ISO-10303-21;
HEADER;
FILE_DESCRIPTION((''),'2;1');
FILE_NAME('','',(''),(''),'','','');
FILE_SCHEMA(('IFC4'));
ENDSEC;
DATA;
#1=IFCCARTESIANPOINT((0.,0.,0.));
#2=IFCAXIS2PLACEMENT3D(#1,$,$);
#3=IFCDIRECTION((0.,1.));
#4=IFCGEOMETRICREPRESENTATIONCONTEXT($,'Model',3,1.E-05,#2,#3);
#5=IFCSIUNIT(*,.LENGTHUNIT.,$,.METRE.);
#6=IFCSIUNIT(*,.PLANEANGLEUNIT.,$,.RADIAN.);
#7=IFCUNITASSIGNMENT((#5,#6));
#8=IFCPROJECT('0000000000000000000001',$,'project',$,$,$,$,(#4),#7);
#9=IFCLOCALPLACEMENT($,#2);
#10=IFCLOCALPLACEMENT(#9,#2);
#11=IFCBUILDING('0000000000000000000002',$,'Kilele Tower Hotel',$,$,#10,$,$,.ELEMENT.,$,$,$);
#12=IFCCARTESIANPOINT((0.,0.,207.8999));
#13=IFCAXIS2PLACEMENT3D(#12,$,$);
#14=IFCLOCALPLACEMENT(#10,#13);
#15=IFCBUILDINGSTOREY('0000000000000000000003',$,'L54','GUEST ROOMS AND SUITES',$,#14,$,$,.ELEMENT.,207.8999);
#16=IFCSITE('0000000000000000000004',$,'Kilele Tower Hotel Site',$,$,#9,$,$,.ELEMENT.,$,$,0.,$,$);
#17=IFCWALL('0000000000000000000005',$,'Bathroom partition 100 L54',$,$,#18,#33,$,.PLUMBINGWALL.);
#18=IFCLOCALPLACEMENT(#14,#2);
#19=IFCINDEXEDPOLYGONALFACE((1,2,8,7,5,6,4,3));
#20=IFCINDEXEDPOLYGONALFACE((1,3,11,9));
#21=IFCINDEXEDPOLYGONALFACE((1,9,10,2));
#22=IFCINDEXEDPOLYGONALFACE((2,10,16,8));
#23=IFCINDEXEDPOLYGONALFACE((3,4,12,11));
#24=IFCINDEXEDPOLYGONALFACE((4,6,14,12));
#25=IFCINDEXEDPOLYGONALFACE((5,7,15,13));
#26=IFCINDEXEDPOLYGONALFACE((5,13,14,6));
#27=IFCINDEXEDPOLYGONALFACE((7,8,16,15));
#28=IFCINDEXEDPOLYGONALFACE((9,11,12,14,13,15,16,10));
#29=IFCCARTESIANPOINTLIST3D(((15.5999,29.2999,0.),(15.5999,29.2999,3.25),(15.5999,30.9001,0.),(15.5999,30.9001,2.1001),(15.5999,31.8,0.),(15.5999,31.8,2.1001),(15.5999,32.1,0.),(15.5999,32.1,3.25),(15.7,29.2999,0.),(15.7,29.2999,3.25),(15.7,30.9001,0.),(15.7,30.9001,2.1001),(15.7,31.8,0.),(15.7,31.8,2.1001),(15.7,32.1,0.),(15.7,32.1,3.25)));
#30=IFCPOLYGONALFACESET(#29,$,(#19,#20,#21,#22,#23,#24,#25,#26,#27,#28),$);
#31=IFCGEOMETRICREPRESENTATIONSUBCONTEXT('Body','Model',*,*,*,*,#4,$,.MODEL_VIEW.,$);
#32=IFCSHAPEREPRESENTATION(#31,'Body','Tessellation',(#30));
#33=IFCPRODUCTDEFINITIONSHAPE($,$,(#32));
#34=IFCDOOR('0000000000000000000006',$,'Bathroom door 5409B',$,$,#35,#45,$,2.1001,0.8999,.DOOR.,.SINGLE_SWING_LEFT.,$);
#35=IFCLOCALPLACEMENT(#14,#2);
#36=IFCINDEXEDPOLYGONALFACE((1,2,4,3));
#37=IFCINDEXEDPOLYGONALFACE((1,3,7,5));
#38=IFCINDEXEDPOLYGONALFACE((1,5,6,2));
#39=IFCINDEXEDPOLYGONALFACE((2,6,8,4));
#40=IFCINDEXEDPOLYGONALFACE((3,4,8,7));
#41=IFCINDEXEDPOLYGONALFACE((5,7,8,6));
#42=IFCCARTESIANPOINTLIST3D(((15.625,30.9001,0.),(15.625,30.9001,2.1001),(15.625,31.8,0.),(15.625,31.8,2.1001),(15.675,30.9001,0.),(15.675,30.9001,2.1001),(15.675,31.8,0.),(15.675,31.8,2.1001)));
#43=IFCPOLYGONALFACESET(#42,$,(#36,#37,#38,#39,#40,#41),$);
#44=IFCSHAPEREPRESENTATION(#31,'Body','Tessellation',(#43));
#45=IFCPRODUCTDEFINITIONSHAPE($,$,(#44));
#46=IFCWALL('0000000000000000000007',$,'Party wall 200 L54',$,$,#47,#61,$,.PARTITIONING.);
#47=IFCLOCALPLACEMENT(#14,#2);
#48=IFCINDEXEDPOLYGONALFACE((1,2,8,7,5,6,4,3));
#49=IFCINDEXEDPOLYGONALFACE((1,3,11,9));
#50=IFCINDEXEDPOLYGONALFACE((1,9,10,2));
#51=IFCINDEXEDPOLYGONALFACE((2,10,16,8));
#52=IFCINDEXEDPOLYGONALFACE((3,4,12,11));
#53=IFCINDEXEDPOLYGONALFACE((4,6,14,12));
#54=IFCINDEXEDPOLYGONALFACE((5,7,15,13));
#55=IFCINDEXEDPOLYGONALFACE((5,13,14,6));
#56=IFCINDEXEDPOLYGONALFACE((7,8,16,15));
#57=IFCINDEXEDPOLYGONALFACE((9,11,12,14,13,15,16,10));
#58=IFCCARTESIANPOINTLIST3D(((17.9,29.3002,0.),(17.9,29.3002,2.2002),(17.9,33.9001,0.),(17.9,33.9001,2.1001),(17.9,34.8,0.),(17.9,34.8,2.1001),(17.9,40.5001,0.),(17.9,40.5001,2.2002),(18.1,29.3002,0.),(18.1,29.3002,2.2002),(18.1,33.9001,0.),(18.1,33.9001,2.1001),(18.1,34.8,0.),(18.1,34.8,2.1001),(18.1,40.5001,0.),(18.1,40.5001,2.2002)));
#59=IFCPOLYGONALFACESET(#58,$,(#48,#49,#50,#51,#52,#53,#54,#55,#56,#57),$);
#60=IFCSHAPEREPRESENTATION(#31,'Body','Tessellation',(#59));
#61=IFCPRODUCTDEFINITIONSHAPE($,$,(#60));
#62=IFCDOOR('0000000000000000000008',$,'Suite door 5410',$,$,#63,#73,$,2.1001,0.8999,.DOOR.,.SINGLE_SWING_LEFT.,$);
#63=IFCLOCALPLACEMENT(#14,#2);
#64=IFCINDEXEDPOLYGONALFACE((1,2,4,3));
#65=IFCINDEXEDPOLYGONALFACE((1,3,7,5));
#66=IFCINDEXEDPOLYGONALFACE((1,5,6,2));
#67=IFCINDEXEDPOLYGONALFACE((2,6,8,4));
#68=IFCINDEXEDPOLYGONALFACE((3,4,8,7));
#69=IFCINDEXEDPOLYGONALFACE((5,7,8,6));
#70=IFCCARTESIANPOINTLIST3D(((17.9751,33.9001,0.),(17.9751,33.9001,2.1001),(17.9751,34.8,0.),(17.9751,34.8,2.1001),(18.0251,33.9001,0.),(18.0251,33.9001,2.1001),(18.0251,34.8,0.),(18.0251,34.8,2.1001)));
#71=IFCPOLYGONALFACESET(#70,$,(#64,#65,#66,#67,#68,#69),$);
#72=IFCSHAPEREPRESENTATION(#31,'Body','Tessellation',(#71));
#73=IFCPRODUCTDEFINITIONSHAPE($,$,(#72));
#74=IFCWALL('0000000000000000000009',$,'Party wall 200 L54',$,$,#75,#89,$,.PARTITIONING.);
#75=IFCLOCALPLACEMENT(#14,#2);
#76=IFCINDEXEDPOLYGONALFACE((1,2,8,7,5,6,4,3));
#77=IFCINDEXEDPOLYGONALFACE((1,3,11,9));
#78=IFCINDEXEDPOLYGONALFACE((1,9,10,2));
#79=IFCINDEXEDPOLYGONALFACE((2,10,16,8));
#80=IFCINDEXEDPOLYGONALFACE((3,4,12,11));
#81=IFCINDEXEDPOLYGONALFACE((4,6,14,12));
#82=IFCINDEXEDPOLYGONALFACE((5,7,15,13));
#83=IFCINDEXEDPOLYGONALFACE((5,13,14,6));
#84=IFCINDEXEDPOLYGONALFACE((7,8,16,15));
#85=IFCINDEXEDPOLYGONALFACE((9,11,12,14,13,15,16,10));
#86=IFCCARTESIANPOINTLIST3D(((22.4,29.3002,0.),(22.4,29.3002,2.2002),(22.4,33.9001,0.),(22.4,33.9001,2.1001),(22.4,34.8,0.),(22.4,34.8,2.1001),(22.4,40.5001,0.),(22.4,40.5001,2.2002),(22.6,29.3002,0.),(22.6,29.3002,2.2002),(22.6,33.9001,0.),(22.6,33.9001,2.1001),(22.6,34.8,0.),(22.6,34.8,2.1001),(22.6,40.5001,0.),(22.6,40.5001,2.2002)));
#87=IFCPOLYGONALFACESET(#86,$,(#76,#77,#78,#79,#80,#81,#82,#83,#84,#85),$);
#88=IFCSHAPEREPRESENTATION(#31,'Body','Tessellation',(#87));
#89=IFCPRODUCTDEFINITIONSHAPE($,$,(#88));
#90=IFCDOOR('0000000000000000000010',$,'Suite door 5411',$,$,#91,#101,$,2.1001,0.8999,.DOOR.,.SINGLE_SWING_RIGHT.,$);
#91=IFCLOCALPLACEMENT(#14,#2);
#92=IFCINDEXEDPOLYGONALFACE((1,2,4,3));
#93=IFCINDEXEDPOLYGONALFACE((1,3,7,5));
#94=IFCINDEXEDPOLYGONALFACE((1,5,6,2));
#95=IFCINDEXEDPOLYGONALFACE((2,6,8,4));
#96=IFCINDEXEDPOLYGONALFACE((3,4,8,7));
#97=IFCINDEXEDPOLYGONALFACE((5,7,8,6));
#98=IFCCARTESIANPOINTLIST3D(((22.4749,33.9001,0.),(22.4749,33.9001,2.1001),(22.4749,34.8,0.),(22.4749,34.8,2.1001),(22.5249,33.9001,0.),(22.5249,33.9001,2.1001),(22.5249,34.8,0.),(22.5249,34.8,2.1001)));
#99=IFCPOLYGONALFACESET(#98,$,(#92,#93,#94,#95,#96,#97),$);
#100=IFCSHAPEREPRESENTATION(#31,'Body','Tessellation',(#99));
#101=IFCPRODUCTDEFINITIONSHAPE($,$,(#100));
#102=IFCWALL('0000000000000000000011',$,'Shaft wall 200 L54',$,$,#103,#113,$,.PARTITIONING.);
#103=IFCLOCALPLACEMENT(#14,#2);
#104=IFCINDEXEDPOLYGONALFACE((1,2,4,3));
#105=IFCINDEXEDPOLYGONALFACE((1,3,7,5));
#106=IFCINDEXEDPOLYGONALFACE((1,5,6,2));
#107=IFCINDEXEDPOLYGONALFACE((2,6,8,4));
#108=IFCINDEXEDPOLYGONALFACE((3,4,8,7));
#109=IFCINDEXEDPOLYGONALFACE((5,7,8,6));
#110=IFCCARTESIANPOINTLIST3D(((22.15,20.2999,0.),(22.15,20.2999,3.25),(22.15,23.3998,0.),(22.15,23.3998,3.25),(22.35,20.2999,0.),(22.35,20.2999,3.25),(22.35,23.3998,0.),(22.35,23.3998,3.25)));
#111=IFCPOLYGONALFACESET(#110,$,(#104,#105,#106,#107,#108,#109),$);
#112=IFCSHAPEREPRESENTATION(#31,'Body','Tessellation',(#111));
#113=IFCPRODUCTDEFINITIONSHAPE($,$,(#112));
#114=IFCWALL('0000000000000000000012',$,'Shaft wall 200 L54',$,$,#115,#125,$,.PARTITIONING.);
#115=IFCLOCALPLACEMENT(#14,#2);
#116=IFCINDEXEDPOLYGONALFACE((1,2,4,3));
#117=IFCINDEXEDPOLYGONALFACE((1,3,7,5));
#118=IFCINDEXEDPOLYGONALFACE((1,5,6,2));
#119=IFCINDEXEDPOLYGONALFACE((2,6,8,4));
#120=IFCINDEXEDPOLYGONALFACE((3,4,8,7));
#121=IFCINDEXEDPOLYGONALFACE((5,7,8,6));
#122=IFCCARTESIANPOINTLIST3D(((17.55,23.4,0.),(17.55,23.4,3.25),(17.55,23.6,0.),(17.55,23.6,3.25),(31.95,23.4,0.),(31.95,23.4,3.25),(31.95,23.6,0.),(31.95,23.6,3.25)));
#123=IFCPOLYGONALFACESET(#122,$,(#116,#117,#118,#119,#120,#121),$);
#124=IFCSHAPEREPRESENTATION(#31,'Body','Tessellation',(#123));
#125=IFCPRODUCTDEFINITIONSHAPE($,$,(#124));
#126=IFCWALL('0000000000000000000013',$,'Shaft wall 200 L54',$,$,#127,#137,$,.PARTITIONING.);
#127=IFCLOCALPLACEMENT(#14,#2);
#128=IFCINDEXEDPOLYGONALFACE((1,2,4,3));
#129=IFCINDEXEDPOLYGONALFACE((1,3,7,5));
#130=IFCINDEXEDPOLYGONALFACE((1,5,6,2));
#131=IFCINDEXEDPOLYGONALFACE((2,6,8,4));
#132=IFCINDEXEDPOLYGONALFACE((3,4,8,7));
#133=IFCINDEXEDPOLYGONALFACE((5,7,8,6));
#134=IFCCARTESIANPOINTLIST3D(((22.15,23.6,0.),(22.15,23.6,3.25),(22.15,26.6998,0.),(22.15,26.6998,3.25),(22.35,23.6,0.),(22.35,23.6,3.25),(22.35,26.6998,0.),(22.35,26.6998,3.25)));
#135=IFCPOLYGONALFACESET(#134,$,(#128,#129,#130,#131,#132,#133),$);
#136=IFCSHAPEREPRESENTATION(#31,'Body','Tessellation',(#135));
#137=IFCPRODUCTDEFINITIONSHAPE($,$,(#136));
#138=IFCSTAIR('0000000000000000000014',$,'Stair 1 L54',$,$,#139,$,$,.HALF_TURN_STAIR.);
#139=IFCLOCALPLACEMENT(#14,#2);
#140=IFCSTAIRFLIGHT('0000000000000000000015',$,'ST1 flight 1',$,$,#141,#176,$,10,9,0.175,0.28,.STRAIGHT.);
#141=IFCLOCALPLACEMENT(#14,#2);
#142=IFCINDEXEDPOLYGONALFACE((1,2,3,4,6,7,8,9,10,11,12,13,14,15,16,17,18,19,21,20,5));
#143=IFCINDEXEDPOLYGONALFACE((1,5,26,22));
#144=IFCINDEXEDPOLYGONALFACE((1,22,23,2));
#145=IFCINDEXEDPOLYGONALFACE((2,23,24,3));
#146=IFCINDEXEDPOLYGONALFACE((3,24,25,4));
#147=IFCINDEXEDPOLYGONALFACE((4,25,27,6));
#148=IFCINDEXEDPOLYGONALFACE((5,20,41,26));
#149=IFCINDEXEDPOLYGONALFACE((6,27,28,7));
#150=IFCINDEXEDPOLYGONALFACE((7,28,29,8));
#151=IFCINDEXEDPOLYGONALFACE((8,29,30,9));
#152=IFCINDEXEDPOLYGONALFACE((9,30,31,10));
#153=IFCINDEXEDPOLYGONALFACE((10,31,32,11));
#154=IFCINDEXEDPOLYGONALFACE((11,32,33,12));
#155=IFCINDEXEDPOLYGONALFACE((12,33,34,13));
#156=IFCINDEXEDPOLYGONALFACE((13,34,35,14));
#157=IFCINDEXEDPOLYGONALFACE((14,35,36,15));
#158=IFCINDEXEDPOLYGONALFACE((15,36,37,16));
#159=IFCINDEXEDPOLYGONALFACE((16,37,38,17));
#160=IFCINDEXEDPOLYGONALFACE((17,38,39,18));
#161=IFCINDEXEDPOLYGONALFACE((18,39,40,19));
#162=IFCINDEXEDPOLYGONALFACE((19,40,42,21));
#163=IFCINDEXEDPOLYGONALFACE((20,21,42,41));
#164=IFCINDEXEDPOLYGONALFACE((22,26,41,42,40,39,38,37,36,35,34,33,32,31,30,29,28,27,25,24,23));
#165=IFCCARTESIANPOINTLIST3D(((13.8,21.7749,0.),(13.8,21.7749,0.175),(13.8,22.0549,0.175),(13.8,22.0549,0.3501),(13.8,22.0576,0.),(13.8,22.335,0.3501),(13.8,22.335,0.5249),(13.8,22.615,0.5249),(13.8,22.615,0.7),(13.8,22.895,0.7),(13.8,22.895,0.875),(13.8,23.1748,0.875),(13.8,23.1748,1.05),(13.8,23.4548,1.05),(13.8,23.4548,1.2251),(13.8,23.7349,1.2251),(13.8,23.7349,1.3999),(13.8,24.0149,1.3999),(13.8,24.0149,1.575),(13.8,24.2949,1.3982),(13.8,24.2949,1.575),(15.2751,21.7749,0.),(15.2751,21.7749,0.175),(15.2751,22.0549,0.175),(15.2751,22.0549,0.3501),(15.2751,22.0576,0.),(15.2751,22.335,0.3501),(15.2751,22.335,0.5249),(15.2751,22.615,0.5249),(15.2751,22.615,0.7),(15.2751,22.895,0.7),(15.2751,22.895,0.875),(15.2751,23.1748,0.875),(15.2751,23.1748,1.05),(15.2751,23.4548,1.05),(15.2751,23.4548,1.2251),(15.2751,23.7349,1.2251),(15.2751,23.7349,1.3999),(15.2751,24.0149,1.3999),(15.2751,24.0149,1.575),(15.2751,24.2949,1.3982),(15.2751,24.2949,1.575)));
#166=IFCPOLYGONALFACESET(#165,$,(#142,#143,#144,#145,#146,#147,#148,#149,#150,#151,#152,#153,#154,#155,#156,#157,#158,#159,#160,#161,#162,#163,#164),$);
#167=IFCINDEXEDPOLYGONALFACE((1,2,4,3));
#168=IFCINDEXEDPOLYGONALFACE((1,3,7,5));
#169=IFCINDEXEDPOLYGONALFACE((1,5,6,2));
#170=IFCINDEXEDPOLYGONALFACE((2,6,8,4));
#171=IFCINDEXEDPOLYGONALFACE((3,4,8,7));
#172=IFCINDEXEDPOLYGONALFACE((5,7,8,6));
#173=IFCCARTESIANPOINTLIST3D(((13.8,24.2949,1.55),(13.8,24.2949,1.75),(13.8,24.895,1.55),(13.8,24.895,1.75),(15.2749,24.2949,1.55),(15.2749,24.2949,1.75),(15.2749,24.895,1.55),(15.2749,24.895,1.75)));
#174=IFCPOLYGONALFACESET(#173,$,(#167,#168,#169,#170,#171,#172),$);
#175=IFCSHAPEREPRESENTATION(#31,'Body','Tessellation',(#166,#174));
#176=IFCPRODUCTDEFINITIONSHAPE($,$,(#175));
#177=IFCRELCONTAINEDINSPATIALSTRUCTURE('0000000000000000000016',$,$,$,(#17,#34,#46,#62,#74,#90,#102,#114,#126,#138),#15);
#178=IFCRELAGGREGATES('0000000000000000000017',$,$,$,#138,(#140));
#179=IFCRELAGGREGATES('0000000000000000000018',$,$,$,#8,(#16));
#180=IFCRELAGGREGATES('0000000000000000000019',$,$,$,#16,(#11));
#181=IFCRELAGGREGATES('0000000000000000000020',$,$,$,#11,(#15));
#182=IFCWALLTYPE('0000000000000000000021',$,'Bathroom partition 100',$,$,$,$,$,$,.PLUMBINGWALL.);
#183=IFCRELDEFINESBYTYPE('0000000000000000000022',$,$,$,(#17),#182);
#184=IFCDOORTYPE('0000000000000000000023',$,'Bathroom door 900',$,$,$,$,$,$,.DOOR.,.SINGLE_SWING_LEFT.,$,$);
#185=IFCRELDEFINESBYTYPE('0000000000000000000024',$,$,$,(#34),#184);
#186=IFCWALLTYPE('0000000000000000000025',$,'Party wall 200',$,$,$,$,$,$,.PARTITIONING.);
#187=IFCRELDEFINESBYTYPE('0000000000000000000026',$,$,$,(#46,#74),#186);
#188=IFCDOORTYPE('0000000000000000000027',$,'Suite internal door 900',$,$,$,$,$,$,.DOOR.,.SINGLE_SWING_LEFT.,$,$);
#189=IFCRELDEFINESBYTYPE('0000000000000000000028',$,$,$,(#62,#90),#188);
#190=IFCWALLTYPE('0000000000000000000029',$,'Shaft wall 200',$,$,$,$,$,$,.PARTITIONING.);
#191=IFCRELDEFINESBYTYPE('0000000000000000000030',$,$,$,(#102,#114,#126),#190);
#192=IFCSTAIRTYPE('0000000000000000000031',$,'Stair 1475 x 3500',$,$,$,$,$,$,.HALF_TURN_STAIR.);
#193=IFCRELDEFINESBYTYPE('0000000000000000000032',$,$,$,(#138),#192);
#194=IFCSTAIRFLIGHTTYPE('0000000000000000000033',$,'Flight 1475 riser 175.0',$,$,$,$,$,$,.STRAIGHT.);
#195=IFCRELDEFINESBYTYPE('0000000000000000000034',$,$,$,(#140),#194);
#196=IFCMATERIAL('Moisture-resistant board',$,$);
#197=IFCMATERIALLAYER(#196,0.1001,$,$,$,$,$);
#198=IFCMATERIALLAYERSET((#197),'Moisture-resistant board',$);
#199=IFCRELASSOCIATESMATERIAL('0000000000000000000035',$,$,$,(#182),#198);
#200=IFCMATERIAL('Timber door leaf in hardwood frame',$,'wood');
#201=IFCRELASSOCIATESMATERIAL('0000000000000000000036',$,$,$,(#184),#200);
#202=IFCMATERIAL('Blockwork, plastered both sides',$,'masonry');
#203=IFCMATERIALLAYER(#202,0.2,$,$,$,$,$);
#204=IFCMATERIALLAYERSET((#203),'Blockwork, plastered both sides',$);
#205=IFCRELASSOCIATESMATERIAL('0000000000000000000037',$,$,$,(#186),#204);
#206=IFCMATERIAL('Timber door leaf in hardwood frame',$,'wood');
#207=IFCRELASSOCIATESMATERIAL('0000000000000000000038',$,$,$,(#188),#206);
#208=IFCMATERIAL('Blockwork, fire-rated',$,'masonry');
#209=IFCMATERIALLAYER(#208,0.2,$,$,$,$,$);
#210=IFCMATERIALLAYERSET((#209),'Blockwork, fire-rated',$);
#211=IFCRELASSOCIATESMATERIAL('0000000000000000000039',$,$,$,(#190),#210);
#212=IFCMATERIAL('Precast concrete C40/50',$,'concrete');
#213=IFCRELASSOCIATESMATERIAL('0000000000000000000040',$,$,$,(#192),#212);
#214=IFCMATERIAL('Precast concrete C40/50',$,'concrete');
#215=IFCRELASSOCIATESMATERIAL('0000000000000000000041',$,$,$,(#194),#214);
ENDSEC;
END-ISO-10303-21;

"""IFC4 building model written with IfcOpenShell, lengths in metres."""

from ifc_helpers import new_model, si_unit, direction, frame, frame_2d, origin, place, context, subcontext, project, spatial, polyline, rectangle, outline, extrude, material, layer, layer_set, type_object, element, fill, aggregate, save


model = new_model("IFC4")

# Units and contexts
model_context = context("Model", 3, precision=1e-05, world=origin(), true_north=direction((0.0, 1.0)))
body_context = subcontext(model_context, "Body", "Model", "MODEL_VIEW")
ifc_project = project(units=[si_unit("LENGTHUNIT", "METRE"), si_unit("PLANEANGLEUNIT", "RADIAN")], contexts=[model_context])

# Site, building, storey
site_placement = place(None, origin())
site = spatial("IfcSite", under=ifc_project, at=site_placement, Name="Kilele Tower Hotel Site", CompositionType="ELEMENT", RefElevation=0.0)
building_placement = place(site_placement, origin())
building = spatial("IfcBuilding", under=site, at=building_placement, Name="Kilele Tower Hotel", CompositionType="ELEMENT")
storey_placement = place(building_placement, frame((0.0, 0.0, 207.8999)))
storey = spatial("IfcBuildingStorey", under=building, at=storey_placement, Name="L54", Description="GUEST ROOMS AND SUITES", CompositionType="ELEMENT", Elevation=207.8999)

# Walls, openings, doors
ifc_material_1 = material(Name="Moisture-resistant board")
ifc_layer_1 = layer(ifc_material_1, 0.1001)
ifc_layer_set_1 = layer_set([ifc_layer_1], Name="Moisture-resistant board")
wall_type_1 = type_object("IfcWallType", Name="Bathroom partition 100", PredefinedType="PLUMBINGWALL", material=ifc_layer_set_1)
wall_1_placement = place(storey_placement, frame((15.6499, 29.3, 0.0), z_axis=(0.0, 0.0, 1.0), x_axis=(0.0, 1.0, 0.0)))
wall_1 = element("IfcWall", 1, at=wall_1_placement, inside=storey, type_object=wall_type_1, Name="Bathroom partition 100 L54", PredefinedType="PLUMBINGWALL", context=body_context, shape_type="SweptSolid", body=[
    extrude(rectangle(XDim=2.8, YDim=0.1001, at=frame_2d((1.3999, 0.0))), origin(), (0.0, 0.0, 1.0), 3.25),
])
opening_1_placement = place(wall_1_placement, frame((1.6001, 0.0, 0.0)))
opening_1 = element("IfcOpeningElement", 2, at=opening_1_placement, cuts=wall_1, PredefinedType="OPENING", context=body_context, shape_type="SweptSolid", body=[
    extrude(rectangle(XDim=0.8999, YDim=2.1001, at=frame_2d((0.45, 1.05))), frame((0.0, 0.0601, 0.0), z_axis=(0.0, -1.0, 0.0), x_axis=(1.0, 0.0, 0.0)), (0.0, 0.0, 1.0), 0.1201),
])
ifc_material_2 = material(Name="Timber door leaf in hardwood frame", Category="wood")
door_type_1 = type_object("IfcDoorType", Name="Bathroom door 900", OperationType="SINGLE_SWING_LEFT", PredefinedType="DOOR", material=ifc_material_2)
door_1_placement = place(opening_1_placement, origin())
door_1 = element("IfcDoor", 3, at=door_1_placement, inside=storey, type_object=door_type_1, Name="Bathroom door 5409B", OperationType="SINGLE_SWING_LEFT", OverallHeight=2.1001, OverallWidth=0.8999, PredefinedType="DOOR", context=body_context, shape_type="SweptSolid", body=[
    extrude(rectangle(XDim=0.8999, YDim=2.1001, at=frame_2d((0.45, 1.05))), frame((0.0, 0.0249, 0.0), z_axis=(0.0, -1.0, 0.0), x_axis=(1.0, 0.0, 0.0)), (0.0, 0.0, 1.0), 0.05),
])
fill(opening_1, door_1)
ifc_material_3 = material(Name="Blockwork, plastered both sides", Category="masonry")
ifc_layer_2 = layer(ifc_material_3, 0.2)
ifc_layer_set_2 = layer_set([ifc_layer_2], Name="Blockwork, plastered both sides")
wall_type_2 = type_object("IfcWallType", Name="Party wall 200", PredefinedType="PARTITIONING", material=ifc_layer_set_2)
wall_2_placement = place(storey_placement, frame((18.0, 29.3, 0.0), z_axis=(0.0, 0.0, 1.0), x_axis=(0.0, 1.0, 0.0)))
wall_2 = element("IfcWall", 4, at=wall_2_placement, inside=storey, type_object=wall_type_2, Name="Party wall 200 L54", PredefinedType="PARTITIONING", context=body_context, shape_type="SweptSolid", body=[
    extrude(rectangle(XDim=11.2, YDim=0.2, at=frame_2d((5.6001, 0.0))), origin(), (0.0, 0.0, 1.0), 2.2002),
])
opening_2_placement = place(wall_2_placement, frame((4.6001, 0.0, 0.0)))
opening_2 = element("IfcOpeningElement", 5, at=opening_2_placement, cuts=wall_2, PredefinedType="OPENING", context=body_context, shape_type="SweptSolid", body=[
    extrude(rectangle(XDim=0.8999, YDim=2.1001, at=frame_2d((0.45, 1.05))), frame((0.0, 0.1099, 0.0), z_axis=(0.0, -1.0, 0.0), x_axis=(1.0, 0.0, 0.0)), (0.0, 0.0, 1.0), 0.22),
])
ifc_material_4 = material(Name="Timber door leaf in hardwood frame", Category="wood")
door_type_2 = type_object("IfcDoorType", Name="Suite internal door 900", OperationType="SINGLE_SWING_LEFT", PredefinedType="DOOR", material=ifc_material_4)
door_2_placement = place(opening_2_placement, origin())
door_2 = element("IfcDoor", 6, at=door_2_placement, inside=storey, type_object=door_type_2, Name="Suite door 5410", OperationType="SINGLE_SWING_LEFT", OverallHeight=2.1001, OverallWidth=0.8999, PredefinedType="DOOR", context=body_context, shape_type="SweptSolid", body=[
    extrude(rectangle(XDim=0.8999, YDim=2.1001, at=frame_2d((0.45, 1.05))), frame((0.0, 0.0249, 0.0), z_axis=(0.0, -1.0, 0.0), x_axis=(1.0, 0.0, 0.0)), (0.0, 0.0, 1.0), 0.05),
])
fill(opening_2, door_2)
wall_3_placement = place(storey_placement, frame((22.5, 29.3, 0.0), z_axis=(0.0, 0.0, 1.0), x_axis=(0.0, 1.0, 0.0)))
wall_3 = element("IfcWall", 7, at=wall_3_placement, inside=storey, type_object=wall_type_2, Name="Party wall 200 L54", PredefinedType="PARTITIONING", context=body_context, shape_type="SweptSolid", body=[
    extrude(rectangle(XDim=11.2, YDim=0.2, at=frame_2d((5.6001, 0.0))), origin(), (0.0, 0.0, 1.0), 2.2002),
])
opening_3_placement = place(wall_3_placement, frame((5.5, 0.0, 0.0), z_axis=(0.0, 0.0, 1.0), x_axis=(-1.0, 0.0, 0.0)))
opening_3 = element("IfcOpeningElement", 8, at=opening_3_placement, cuts=wall_3, PredefinedType="OPENING", context=body_context, shape_type="SweptSolid", body=[
    extrude(rectangle(XDim=0.8999, YDim=2.1001, at=frame_2d((0.45, 1.05))), frame((0.0, 0.1099, 0.0), z_axis=(0.0, -1.0, 0.0), x_axis=(1.0, 0.0, 0.0)), (0.0, 0.0, 1.0), 0.22),
])
door_3_placement = place(opening_3_placement, origin())
door_3 = element("IfcDoor", 9, at=door_3_placement, inside=storey, type_object=door_type_2, Name="Suite door 5411", OperationType="SINGLE_SWING_RIGHT", OverallHeight=2.1001, OverallWidth=0.8999, PredefinedType="DOOR", context=body_context, shape_type="SweptSolid", body=[
    extrude(rectangle(XDim=0.8999, YDim=2.1001, at=frame_2d((0.45, 1.05))), frame((0.0, 0.0249, 0.0), z_axis=(0.0, -1.0, 0.0), x_axis=(1.0, 0.0, 0.0)), (0.0, 0.0, 1.0), 0.05),
])
fill(opening_3, door_3)

# Walls
ifc_material_5 = material(Name="Blockwork, fire-rated", Category="masonry")
ifc_layer_3 = layer(ifc_material_5, 0.2)
ifc_layer_set_3 = layer_set([ifc_layer_3], Name="Blockwork, fire-rated")
wall_type_3 = type_object("IfcWallType", Name="Shaft wall 200", PredefinedType="PARTITIONING", material=ifc_layer_set_3)
wall_4_placement = place(storey_placement, frame((22.25, 20.3, 0.0), z_axis=(0.0, 0.0, 1.0), x_axis=(0.0, 1.0, 0.0)))
element("IfcWall", 10, at=wall_4_placement, inside=storey, type_object=wall_type_3, Name="Shaft wall 200 L54", PredefinedType="PARTITIONING", context=body_context, shape_type="SweptSolid", body=[
    extrude(rectangle(XDim=3.0999, YDim=0.2, at=frame_2d((1.5498, 0.0))), origin(), (0.0, 0.0, 1.0), 3.25),
])
wall_5_placement = place(storey_placement, frame((17.55, 23.5, 0.0), z_axis=(0.0, 0.0, 1.0), x_axis=(1.0, 0.0, 0.0)))
element("IfcWall", 11, at=wall_5_placement, inside=storey, type_object=wall_type_3, Name="Shaft wall 200 L54", PredefinedType="PARTITIONING", context=body_context, shape_type="SweptSolid", body=[
    extrude(rectangle(XDim=14.3999, YDim=0.2, at=frame_2d((7.2, 0.0))), origin(), (0.0, 0.0, 1.0), 3.25),
])
wall_6_placement = place(storey_placement, frame((22.25, 23.6001, 0.0), z_axis=(0.0, 0.0, 1.0), x_axis=(0.0, 1.0, 0.0)))
element("IfcWall", 12, at=wall_6_placement, inside=storey, type_object=wall_type_3, Name="Shaft wall 200 L54", PredefinedType="PARTITIONING", context=body_context, shape_type="SweptSolid", body=[
    extrude(rectangle(XDim=3.0999, YDim=0.2, at=frame_2d((1.5498, 0.0))), origin(), (0.0, 0.0, 1.0), 3.25),
])

# Stair, stair flight
ifc_material_6 = material(Name="Precast concrete C40/50", Category="concrete")
stair_type = type_object("IfcStairType", Name="Stair 1475 x 3500", PredefinedType="HALF_TURN_STAIR", material=ifc_material_6)
stair_placement = place(storey_placement, origin())
stair = element("IfcStair", 13, at=stair_placement, inside=storey, type_object=stair_type, Name="Stair 1 L54", PredefinedType="HALF_TURN_STAIR")
ifc_material_7 = material(Name="Precast concrete C40/50", Category="concrete")
stair_flight_type = type_object("IfcStairFlightType", Name="Flight 1475 riser 175.0", PredefinedType="STRAIGHT", material=ifc_material_7)
stair_flight_1_placement = place(storey_placement, frame((14.5376, 21.7749, 0.0), z_axis=(0.0, 0.0, 1.0), x_axis=(0.0, 1.0, 0.0)))
stair_flight_1 = element("IfcStairFlight", 14, at=stair_flight_1_placement, type_object=stair_flight_type, Name="ST1 flight 1", NumberOfRisers=10, NumberOfTreads=9, PredefinedType="STRAIGHT", RiserHeight=0.175, TreadLength=0.28, context=body_context, shape_type="SweptSolid", body=[
    extrude(outline(polyline([(0.0, 0.0), (0.0, 0.175), (0.28, 0.175), (0.28, 0.3501), (0.5601, 0.3501), (0.5601, 0.5249), (0.8401, 0.5249), (0.8401, 0.7), (1.1201, 0.7), (1.1201, 0.875), (1.3999, 0.875), (1.3999, 1.05), (1.6799, 1.05), (1.6799, 1.2251), (1.96, 1.2251), (1.96, 1.3999), (2.24, 1.3999), (2.24, 1.575), (2.52, 1.575), (2.52, 1.75), (2.52, 1.3982), (0.2827, 0.0), (0.0, 0.0)])), frame((0.0, 0.7375, 0.0), z_axis=(0.0, -1.0, 0.0), x_axis=(1.0, 0.0, 0.0)), (0.0, 0.0, 1.0), 1.4751),
    extrude(outline(polyline([(2.52, 0.7375), (2.52, -0.7373), (3.1201, -0.7373), (3.1201, 0.7375), (2.52, 0.7375)])), frame((0.0, 0.0, 1.55)), (0.0, 0.0, 1.0), 0.2),
])
aggregate(stair, [stair_flight_1])

save(model, "model.ifc")
